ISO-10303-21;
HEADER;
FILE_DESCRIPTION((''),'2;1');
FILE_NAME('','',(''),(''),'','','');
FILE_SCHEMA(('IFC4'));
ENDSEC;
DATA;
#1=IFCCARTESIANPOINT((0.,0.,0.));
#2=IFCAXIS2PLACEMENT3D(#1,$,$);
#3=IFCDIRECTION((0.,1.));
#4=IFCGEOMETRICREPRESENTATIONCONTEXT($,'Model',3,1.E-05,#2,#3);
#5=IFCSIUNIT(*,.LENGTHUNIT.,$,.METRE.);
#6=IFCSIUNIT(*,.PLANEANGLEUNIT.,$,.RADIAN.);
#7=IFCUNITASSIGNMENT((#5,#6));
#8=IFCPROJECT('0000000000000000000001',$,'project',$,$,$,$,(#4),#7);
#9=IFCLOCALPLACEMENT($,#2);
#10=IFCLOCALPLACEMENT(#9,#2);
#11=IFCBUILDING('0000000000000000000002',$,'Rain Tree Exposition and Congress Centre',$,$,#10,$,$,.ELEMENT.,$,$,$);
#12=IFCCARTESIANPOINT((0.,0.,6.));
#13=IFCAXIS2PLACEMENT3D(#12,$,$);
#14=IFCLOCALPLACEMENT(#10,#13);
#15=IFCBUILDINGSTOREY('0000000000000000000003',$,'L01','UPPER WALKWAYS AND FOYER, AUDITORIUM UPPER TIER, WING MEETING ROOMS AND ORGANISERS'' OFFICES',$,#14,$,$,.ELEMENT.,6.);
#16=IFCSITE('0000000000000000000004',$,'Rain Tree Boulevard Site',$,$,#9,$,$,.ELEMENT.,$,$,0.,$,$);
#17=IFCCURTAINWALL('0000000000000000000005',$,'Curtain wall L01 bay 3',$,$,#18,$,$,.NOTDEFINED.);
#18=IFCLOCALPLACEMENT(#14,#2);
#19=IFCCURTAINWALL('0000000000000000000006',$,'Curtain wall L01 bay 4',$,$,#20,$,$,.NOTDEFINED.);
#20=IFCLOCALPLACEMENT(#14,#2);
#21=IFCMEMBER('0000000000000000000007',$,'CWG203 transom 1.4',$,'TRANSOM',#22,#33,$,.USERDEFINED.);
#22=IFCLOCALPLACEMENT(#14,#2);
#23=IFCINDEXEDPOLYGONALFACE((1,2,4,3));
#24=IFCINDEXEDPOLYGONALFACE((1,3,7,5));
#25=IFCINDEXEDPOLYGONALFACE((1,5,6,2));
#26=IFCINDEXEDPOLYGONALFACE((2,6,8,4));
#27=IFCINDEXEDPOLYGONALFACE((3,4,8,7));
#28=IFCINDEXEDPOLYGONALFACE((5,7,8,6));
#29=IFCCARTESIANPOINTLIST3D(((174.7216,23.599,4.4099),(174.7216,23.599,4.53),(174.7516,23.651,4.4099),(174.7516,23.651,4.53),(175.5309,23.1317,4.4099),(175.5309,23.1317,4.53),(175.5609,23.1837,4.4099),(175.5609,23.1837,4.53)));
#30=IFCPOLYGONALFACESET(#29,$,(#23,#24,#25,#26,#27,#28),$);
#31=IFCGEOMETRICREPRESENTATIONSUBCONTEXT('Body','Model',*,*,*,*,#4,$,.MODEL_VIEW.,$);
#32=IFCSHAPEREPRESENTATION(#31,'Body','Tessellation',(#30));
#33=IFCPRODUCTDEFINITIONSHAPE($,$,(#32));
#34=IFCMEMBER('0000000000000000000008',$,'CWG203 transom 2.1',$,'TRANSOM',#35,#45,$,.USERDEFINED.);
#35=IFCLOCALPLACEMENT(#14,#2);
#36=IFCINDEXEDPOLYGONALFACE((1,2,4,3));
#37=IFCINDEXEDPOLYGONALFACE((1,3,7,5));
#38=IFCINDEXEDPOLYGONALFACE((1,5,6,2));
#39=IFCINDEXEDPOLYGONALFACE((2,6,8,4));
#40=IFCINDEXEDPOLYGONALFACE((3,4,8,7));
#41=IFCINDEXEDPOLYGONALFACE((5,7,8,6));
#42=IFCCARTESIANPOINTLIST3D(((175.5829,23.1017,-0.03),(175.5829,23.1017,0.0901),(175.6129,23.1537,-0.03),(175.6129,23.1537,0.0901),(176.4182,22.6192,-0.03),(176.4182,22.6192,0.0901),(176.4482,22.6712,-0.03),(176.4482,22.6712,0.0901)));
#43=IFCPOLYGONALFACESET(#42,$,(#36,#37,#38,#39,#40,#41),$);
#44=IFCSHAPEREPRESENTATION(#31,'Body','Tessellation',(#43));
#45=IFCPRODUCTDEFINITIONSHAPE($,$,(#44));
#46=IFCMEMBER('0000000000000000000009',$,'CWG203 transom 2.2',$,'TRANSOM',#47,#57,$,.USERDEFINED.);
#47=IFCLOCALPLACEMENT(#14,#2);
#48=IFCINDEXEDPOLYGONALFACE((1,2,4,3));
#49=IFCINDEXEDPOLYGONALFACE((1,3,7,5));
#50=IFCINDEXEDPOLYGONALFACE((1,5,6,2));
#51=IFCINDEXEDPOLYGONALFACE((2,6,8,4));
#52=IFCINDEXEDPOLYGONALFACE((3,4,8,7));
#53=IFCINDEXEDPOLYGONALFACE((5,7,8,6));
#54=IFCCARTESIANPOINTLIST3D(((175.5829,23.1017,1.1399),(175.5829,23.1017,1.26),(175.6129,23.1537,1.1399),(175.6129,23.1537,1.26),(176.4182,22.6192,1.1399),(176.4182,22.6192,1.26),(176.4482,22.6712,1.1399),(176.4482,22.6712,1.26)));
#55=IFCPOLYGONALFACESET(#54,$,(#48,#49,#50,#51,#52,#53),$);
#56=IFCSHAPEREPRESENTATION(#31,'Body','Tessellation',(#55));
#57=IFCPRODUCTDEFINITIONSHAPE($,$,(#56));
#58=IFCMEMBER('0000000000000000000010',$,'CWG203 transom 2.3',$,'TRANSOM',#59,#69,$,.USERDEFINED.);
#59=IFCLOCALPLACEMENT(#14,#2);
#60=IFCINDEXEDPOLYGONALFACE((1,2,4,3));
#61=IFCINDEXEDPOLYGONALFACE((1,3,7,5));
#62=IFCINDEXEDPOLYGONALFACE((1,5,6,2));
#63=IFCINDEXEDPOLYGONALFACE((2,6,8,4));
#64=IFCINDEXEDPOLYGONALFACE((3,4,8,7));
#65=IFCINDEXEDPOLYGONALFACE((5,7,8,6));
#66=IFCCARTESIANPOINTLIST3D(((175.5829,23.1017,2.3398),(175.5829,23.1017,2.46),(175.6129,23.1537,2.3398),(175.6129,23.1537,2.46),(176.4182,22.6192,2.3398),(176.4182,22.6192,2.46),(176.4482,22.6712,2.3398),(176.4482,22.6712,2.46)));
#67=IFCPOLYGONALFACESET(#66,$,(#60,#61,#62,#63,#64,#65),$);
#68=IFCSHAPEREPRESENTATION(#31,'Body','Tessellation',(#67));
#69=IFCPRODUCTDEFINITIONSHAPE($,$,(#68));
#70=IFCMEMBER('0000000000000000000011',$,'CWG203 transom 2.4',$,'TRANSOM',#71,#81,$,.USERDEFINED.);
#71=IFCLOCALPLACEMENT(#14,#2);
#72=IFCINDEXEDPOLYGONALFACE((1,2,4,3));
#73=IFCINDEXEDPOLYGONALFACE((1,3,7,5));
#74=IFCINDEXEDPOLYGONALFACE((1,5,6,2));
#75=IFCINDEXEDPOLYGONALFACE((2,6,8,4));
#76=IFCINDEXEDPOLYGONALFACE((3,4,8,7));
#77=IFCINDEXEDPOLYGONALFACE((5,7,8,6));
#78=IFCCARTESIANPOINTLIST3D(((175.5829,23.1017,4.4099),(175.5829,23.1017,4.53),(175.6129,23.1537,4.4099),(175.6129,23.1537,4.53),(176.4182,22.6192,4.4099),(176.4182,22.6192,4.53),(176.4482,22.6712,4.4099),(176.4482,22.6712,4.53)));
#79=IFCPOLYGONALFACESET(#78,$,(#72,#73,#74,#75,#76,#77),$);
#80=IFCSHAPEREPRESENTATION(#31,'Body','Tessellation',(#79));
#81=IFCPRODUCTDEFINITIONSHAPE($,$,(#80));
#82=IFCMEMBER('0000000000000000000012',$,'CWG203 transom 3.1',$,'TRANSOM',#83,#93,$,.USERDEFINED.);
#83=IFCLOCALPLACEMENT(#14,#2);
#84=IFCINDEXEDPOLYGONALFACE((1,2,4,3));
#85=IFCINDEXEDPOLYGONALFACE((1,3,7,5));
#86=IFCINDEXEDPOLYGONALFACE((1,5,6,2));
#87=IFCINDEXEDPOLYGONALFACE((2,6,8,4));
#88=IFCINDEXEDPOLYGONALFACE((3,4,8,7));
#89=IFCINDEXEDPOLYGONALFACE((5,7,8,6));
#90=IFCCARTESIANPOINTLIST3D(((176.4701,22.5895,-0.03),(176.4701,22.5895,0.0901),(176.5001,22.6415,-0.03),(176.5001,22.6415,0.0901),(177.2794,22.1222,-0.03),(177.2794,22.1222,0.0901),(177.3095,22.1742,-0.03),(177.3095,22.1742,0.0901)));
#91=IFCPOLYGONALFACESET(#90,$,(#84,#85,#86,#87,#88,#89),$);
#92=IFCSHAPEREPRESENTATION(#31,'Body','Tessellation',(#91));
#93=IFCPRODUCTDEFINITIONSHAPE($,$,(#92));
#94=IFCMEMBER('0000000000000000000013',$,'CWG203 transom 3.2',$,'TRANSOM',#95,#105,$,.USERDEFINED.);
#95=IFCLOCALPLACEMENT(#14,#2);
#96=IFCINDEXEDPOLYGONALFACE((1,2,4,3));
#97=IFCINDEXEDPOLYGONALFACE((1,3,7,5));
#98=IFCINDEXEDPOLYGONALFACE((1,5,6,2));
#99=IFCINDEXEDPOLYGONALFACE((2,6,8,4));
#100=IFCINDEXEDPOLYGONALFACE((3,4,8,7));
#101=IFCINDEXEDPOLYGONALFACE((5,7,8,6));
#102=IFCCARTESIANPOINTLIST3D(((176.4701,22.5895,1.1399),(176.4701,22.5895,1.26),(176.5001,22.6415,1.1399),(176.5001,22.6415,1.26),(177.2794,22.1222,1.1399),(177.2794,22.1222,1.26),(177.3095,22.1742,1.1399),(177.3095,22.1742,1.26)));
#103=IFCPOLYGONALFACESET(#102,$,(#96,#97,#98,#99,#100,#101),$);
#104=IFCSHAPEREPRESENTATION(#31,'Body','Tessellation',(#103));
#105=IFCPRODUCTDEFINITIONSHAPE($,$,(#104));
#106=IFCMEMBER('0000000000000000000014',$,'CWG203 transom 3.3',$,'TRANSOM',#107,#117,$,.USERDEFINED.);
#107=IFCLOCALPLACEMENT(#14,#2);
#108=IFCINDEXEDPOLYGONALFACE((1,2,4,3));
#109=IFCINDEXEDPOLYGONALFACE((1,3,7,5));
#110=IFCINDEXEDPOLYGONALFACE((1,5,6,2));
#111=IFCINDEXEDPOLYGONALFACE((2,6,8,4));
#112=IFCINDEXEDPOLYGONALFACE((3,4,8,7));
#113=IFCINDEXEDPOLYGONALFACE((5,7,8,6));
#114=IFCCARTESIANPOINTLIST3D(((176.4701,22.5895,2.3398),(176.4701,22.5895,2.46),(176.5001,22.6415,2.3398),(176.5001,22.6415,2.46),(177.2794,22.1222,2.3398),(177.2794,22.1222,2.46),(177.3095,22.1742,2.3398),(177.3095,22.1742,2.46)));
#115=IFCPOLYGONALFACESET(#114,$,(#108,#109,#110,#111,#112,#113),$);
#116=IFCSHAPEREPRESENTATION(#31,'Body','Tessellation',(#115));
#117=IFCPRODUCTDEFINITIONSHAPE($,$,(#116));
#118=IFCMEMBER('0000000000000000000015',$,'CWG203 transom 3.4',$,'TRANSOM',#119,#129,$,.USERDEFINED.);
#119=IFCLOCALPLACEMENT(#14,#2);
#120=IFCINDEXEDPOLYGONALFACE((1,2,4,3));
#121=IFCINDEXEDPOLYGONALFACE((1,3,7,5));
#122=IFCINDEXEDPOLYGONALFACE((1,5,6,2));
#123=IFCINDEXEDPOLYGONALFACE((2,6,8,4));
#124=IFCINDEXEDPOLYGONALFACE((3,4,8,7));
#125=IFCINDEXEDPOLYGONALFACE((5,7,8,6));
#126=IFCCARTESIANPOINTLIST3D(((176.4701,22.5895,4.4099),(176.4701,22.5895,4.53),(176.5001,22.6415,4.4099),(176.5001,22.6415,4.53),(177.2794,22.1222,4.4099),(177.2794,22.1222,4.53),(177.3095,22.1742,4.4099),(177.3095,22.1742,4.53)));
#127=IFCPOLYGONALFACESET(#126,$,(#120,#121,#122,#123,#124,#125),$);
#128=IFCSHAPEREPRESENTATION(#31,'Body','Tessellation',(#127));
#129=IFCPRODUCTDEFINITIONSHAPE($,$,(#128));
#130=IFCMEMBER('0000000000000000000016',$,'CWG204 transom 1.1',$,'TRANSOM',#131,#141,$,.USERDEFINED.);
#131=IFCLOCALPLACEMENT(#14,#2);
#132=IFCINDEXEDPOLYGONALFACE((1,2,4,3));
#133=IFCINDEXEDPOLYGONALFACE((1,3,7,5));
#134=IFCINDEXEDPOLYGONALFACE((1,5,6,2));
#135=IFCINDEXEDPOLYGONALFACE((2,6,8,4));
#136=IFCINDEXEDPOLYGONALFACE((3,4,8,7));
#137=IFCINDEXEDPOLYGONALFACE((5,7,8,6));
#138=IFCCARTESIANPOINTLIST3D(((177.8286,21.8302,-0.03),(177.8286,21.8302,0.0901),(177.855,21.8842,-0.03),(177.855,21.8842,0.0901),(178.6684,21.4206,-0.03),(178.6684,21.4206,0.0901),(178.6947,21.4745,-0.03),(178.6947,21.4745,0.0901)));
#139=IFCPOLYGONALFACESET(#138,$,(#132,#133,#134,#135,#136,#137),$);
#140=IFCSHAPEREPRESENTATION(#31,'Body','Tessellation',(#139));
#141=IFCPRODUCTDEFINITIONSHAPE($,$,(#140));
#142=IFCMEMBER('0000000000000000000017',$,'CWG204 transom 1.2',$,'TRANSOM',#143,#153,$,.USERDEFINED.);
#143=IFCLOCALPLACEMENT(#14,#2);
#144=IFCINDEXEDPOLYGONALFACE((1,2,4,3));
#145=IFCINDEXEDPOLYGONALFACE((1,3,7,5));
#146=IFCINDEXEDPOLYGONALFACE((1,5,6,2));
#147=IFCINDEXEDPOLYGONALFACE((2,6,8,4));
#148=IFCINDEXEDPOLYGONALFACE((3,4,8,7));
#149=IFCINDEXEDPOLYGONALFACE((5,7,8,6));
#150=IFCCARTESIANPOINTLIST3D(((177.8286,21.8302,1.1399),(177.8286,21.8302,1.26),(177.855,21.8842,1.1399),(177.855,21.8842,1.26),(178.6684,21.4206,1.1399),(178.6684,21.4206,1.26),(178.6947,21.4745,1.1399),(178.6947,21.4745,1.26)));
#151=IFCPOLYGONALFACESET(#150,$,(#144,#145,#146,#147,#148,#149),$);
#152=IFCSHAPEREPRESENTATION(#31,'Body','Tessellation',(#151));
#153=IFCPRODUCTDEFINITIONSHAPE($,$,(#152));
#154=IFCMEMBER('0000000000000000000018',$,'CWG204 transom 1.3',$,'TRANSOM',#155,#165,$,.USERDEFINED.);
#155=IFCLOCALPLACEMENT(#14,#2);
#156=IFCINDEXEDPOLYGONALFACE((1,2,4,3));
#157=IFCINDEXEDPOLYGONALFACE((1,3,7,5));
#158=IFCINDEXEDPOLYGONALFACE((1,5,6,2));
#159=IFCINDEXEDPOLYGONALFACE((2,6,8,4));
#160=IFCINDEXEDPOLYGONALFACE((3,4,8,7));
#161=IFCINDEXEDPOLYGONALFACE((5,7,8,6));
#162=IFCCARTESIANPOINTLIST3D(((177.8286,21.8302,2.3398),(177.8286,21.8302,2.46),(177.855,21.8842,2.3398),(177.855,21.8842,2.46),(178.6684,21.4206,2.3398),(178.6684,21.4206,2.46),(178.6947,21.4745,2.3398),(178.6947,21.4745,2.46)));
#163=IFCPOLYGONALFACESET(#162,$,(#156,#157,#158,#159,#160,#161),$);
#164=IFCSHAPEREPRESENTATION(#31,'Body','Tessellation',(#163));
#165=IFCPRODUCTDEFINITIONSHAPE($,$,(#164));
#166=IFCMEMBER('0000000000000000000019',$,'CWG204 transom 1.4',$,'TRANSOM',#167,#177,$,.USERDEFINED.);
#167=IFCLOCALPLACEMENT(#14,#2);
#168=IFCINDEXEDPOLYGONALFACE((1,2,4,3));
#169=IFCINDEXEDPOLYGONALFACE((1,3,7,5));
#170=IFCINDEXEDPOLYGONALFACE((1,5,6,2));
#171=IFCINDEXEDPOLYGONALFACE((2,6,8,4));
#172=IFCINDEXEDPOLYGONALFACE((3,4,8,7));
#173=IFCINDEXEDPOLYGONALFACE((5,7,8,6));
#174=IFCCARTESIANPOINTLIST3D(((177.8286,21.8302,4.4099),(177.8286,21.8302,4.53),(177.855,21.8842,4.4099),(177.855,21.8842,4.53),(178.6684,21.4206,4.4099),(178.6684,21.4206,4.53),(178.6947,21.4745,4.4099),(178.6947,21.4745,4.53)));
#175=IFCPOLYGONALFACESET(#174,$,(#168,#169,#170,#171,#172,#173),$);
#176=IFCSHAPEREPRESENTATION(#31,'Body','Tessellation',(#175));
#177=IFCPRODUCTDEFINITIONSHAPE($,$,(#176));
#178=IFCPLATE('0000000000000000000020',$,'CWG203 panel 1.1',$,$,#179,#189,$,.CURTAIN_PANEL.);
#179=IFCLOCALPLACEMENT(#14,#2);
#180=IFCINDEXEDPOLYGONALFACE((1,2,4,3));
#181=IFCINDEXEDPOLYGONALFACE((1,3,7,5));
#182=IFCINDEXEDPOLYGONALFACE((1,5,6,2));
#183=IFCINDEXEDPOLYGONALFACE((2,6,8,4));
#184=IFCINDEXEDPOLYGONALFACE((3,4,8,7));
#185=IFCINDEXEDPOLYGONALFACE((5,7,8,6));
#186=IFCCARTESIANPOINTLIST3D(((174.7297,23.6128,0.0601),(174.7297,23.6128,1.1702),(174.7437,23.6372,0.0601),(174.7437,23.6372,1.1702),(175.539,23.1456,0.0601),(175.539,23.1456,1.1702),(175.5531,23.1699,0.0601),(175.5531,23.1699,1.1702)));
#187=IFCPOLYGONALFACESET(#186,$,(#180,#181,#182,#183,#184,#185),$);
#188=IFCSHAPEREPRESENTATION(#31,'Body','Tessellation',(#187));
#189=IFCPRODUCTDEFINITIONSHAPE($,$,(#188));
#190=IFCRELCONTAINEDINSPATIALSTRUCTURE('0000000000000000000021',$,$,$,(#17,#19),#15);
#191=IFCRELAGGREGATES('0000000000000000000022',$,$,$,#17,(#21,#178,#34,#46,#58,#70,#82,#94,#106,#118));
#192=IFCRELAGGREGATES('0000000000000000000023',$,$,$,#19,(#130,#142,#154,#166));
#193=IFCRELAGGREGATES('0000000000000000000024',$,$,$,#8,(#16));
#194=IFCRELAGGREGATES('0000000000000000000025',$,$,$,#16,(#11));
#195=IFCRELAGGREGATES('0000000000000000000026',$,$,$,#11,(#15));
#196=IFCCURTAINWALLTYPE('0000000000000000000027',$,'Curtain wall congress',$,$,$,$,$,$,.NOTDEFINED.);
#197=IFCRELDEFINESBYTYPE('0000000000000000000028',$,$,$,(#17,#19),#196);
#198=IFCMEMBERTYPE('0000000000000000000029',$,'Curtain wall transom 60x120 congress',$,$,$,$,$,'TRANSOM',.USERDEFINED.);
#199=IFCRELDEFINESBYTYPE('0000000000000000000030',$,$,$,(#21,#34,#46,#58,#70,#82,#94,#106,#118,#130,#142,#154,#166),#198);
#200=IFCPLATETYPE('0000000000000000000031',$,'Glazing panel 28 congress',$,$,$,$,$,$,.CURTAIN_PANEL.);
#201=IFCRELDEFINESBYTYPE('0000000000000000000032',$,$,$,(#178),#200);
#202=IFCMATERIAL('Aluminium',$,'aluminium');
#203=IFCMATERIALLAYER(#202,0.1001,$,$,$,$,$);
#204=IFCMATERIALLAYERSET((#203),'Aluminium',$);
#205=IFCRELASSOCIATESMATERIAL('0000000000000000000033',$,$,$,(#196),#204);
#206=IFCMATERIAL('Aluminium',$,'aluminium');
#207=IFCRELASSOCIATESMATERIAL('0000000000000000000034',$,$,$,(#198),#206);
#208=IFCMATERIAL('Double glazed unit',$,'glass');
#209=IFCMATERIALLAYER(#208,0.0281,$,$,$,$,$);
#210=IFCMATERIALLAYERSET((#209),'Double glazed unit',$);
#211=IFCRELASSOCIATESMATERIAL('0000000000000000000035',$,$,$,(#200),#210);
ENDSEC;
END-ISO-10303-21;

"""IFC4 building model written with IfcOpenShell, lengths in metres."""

from ifc_helpers import new_model, si_unit, direction, frame, origin, origin_2d, place, context, subcontext, project, spatial, rectangle, extrude, material, layer, layer_set, material_profile, profile_set, type_object, element, aggregate, save


model = new_model("IFC4")

# Units and contexts
model_context = context("Model", 3, precision=1e-05, world=origin(), true_north=direction((0.0, 1.0)))
body_context = subcontext(model_context, "Body", "Model", "MODEL_VIEW")
ifc_project = project(units=[si_unit("LENGTHUNIT", "METRE"), si_unit("PLANEANGLEUNIT", "RADIAN")], contexts=[model_context])

# Site, building, storey
site_placement = place(None, origin())
site = spatial("IfcSite", under=ifc_project, at=site_placement, Name="Rain Tree Boulevard Site", CompositionType="ELEMENT", RefElevation=0.0)
building_placement = place(site_placement, origin())
building = spatial("IfcBuilding", under=site, at=building_placement, Name="Rain Tree Exposition and Congress Centre", CompositionType="ELEMENT")
storey_placement = place(building_placement, frame((0.0, 0.0, 6.0)))
storey = spatial("IfcBuildingStorey", under=building, at=storey_placement, Name="L01", Description="UPPER WALKWAYS AND FOYER, AUDITORIUM UPPER TIER, WING MEETING ROOMS AND ORGANISERS' OFFICES", CompositionType="ELEMENT", Elevation=6.0)

# Shared definitions
ifc_material_1 = material(Name="Aluminium", Category="aluminium")
ifc_layer_1 = layer(ifc_material_1, 0.1001)
ifc_layer_set_1 = layer_set([ifc_layer_1], Name="Aluminium")
curtain_wall_type = type_object("IfcCurtainWallType", Name="Curtain wall congress", PredefinedType="NOTDEFINED", material=ifc_layer_set_1)

# Curtain wall
curtain_wall_1_placement = place(storey_placement, origin())
curtain_wall_1 = element("IfcCurtainWall", 1, at=curtain_wall_1_placement, inside=storey, type_object=curtain_wall_type, Name="Curtain wall L01 bay 3", PredefinedType="NOTDEFINED")

# Curtain wall
curtain_wall_2_placement = place(storey_placement, origin())
curtain_wall_2 = element("IfcCurtainWall", 2, at=curtain_wall_2_placement, inside=storey, type_object=curtain_wall_type, Name="Curtain wall L01 bay 4", PredefinedType="NOTDEFINED")

# Members
ifc_material_2 = material(Name="Aluminium", Category="aluminium")
ifc_material_profile_1 = material_profile(ifc_material_2, rectangle(XDim=0.0601, YDim=0.1201, at=origin_2d()), Name="AL 60x120")
ifc_profile_set_1 = profile_set([ifc_material_profile_1], Name="Aluminium")
member_type_1 = type_object("IfcMemberType", Name="Curtain wall transom 60x120 congress", ElementType="TRANSOM", PredefinedType="USERDEFINED", material=ifc_profile_set_1)
member_1_placement = place(storey_placement, frame((174.7366, 23.625, 4.47), z_axis=(0.866016, -0.500016, 0.0), x_axis=(0.500016, 0.866016, 0.0)))
member_1 = element("IfcMember", 3, at=member_1_placement, type_object=member_type_1, Name="CWG203 transom 1.4", ObjectType="TRANSOM", PredefinedType="USERDEFINED", context=body_context, shape_type="SweptSolid", body=[
    extrude(rectangle(XDim=0.0601, YDim=0.1201, at=origin_2d()), origin(), (0.0, 0.0, 1.0), 0.9346),
])
member_2_placement = place(storey_placement, frame((175.5979, 23.1277, 0.03), z_axis=(0.865928, -0.500168, 0.0), x_axis=(0.500168, 0.865928, 0.0)))
member_2 = element("IfcMember", 4, at=member_2_placement, type_object=member_type_1, Name="CWG203 transom 2.1", ObjectType="TRANSOM", PredefinedType="USERDEFINED", context=body_context, shape_type="SweptSolid", body=[
    extrude(rectangle(XDim=0.0601, YDim=0.1201, at=origin_2d()), origin(), (0.0, 0.0, 1.0), 0.9646),
])
member_3_placement = place(storey_placement, frame((175.5979, 23.1277, 1.2), z_axis=(0.865928, -0.500168, 0.0), x_axis=(0.500168, 0.865928, 0.0)))
member_3 = element("IfcMember", 5, at=member_3_placement, type_object=member_type_1, Name="CWG203 transom 2.2", ObjectType="TRANSOM", PredefinedType="USERDEFINED", context=body_context, shape_type="SweptSolid", body=[
    extrude(rectangle(XDim=0.0601, YDim=0.1201, at=origin_2d()), origin(), (0.0, 0.0, 1.0), 0.9646),
])
member_4_placement = place(storey_placement, frame((175.5979, 23.1277, 2.3999), z_axis=(0.865928, -0.500168, 0.0), x_axis=(0.500168, 0.865928, 0.0)))
member_4 = element("IfcMember", 6, at=member_4_placement, type_object=member_type_1, Name="CWG203 transom 2.3", ObjectType="TRANSOM", PredefinedType="USERDEFINED", context=body_context, shape_type="SweptSolid", body=[
    extrude(rectangle(XDim=0.0601, YDim=0.1201, at=origin_2d()), origin(), (0.0, 0.0, 1.0), 0.9646),
])
member_5_placement = place(storey_placement, frame((175.5979, 23.1277, 4.47), z_axis=(0.865928, -0.500168, 0.0), x_axis=(0.500168, 0.865928, 0.0)))
member_5 = element("IfcMember", 7, at=member_5_placement, type_object=member_type_1, Name="CWG203 transom 2.4", ObjectType="TRANSOM", PredefinedType="USERDEFINED", context=body_context, shape_type="SweptSolid", body=[
    extrude(rectangle(XDim=0.0601, YDim=0.1201, at=origin_2d()), origin(), (0.0, 0.0, 1.0), 0.9646),
])
member_6_placement = place(storey_placement, frame((176.4851, 22.6155, 0.03), z_axis=(0.866016, -0.500016, 0.0), x_axis=(0.500016, 0.866016, 0.0)))
member_6 = element("IfcMember", 8, at=member_6_placement, type_object=member_type_1, Name="CWG203 transom 3.1", ObjectType="TRANSOM", PredefinedType="USERDEFINED", context=body_context, shape_type="SweptSolid", body=[
    extrude(rectangle(XDim=0.0601, YDim=0.1201, at=origin_2d()), origin(), (0.0, 0.0, 1.0), 0.9346),
])
member_7_placement = place(storey_placement, frame((176.4851, 22.6155, 1.2), z_axis=(0.866016, -0.500016, 0.0), x_axis=(0.500016, 0.866016, 0.0)))
member_7 = element("IfcMember", 9, at=member_7_placement, type_object=member_type_1, Name="CWG203 transom 3.2", ObjectType="TRANSOM", PredefinedType="USERDEFINED", context=body_context, shape_type="SweptSolid", body=[
    extrude(rectangle(XDim=0.0601, YDim=0.1201, at=origin_2d()), origin(), (0.0, 0.0, 1.0), 0.9346),
])
member_8_placement = place(storey_placement, frame((176.4851, 22.6155, 2.3999), z_axis=(0.866016, -0.500016, 0.0), x_axis=(0.500016, 0.866016, 0.0)))
member_8 = element("IfcMember", 10, at=member_8_placement, type_object=member_type_1, Name="CWG203 transom 3.3", ObjectType="TRANSOM", PredefinedType="USERDEFINED", context=body_context, shape_type="SweptSolid", body=[
    extrude(rectangle(XDim=0.0601, YDim=0.1201, at=origin_2d()), origin(), (0.0, 0.0, 1.0), 0.9346),
])
member_9_placement = place(storey_placement, frame((176.4851, 22.6155, 4.47), z_axis=(0.866016, -0.500016, 0.0), x_axis=(0.500016, 0.866016, 0.0)))
member_9 = element("IfcMember", 11, at=member_9_placement, type_object=member_type_1, Name="CWG203 transom 3.4", ObjectType="TRANSOM", PredefinedType="USERDEFINED", context=body_context, shape_type="SweptSolid", body=[
    extrude(rectangle(XDim=0.0601, YDim=0.1201, at=origin_2d()), origin(), (0.0, 0.0, 1.0), 0.9346),
])
member_10_placement = place(storey_placement, frame((177.8418, 21.8572, 0.03), z_axis=(0.898773, -0.438413, 0.0), x_axis=(0.438413, 0.898773, 0.0)))
member_10 = element("IfcMember", 12, at=member_10_placement, type_object=member_type_1, Name="CWG204 transom 1.1", ObjectType="TRANSOM", PredefinedType="USERDEFINED", context=body_context, shape_type="SweptSolid", body=[
    extrude(rectangle(XDim=0.0601, YDim=0.1201, at=origin_2d()), origin(), (0.0, 0.0, 1.0), 0.9343),
])
member_11_placement = place(storey_placement, frame((177.8418, 21.8572, 1.2), z_axis=(0.898773, -0.438413, 0.0), x_axis=(0.438413, 0.898773, 0.0)))
member_11 = element("IfcMember", 13, at=member_11_placement, type_object=member_type_1, Name="CWG204 transom 1.2", ObjectType="TRANSOM", PredefinedType="USERDEFINED", context=body_context, shape_type="SweptSolid", body=[
    extrude(rectangle(XDim=0.0601, YDim=0.1201, at=origin_2d()), origin(), (0.0, 0.0, 1.0), 0.9343),
])
member_12_placement = place(storey_placement, frame((177.8418, 21.8572, 2.3999), z_axis=(0.898773, -0.438413, 0.0), x_axis=(0.438413, 0.898773, 0.0)))
member_12 = element("IfcMember", 14, at=member_12_placement, type_object=member_type_1, Name="CWG204 transom 1.3", ObjectType="TRANSOM", PredefinedType="USERDEFINED", context=body_context, shape_type="SweptSolid", body=[
    extrude(rectangle(XDim=0.0601, YDim=0.1201, at=origin_2d()), origin(), (0.0, 0.0, 1.0), 0.9343),
])
member_13_placement = place(storey_placement, frame((177.8418, 21.8572, 4.47), z_axis=(0.898773, -0.438413, 0.0), x_axis=(0.438413, 0.898773, 0.0)))
member_13 = element("IfcMember", 15, at=member_13_placement, type_object=member_type_1, Name="CWG204 transom 1.4", ObjectType="TRANSOM", PredefinedType="USERDEFINED", context=body_context, shape_type="SweptSolid", body=[
    extrude(rectangle(XDim=0.0601, YDim=0.1201, at=origin_2d()), origin(), (0.0, 0.0, 1.0), 0.9343),
])

# Plate
ifc_material_3 = material(Name="Double glazed unit", Category="glass")
ifc_layer_2 = layer(ifc_material_3, 0.0281)
ifc_layer_set_2 = layer_set([ifc_layer_2], Name="Double glazed unit")
plate_type = type_object("IfcPlateType", Name="Glazing panel 28 congress", PredefinedType="CURTAIN_PANEL", material=ifc_layer_set_2)
plate_1_placement = place(storey_placement, frame((175.1414, 23.3914, 0.0601), z_axis=(0.0, 0.0, 1.0), x_axis=(0.866032, -0.499988, 0.0)))
plate_1 = element("IfcPlate", 16, at=plate_1_placement, type_object=plate_type, Name="CWG203 panel 1.1", PredefinedType="CURTAIN_PANEL", context=body_context, shape_type="SweptSolid", body=[
    extrude(rectangle(XDim=0.9346, YDim=0.0281, at=origin_2d()), origin(), (0.0, 0.0, 1.0), 1.1101),
])
aggregate(curtain_wall_1, [member_1, plate_1, member_2, member_3, member_4, member_5, member_6, member_7, member_8, member_9])
aggregate(curtain_wall_2, [member_10, member_11, member_12, member_13])

save(model, "model.ifc")
